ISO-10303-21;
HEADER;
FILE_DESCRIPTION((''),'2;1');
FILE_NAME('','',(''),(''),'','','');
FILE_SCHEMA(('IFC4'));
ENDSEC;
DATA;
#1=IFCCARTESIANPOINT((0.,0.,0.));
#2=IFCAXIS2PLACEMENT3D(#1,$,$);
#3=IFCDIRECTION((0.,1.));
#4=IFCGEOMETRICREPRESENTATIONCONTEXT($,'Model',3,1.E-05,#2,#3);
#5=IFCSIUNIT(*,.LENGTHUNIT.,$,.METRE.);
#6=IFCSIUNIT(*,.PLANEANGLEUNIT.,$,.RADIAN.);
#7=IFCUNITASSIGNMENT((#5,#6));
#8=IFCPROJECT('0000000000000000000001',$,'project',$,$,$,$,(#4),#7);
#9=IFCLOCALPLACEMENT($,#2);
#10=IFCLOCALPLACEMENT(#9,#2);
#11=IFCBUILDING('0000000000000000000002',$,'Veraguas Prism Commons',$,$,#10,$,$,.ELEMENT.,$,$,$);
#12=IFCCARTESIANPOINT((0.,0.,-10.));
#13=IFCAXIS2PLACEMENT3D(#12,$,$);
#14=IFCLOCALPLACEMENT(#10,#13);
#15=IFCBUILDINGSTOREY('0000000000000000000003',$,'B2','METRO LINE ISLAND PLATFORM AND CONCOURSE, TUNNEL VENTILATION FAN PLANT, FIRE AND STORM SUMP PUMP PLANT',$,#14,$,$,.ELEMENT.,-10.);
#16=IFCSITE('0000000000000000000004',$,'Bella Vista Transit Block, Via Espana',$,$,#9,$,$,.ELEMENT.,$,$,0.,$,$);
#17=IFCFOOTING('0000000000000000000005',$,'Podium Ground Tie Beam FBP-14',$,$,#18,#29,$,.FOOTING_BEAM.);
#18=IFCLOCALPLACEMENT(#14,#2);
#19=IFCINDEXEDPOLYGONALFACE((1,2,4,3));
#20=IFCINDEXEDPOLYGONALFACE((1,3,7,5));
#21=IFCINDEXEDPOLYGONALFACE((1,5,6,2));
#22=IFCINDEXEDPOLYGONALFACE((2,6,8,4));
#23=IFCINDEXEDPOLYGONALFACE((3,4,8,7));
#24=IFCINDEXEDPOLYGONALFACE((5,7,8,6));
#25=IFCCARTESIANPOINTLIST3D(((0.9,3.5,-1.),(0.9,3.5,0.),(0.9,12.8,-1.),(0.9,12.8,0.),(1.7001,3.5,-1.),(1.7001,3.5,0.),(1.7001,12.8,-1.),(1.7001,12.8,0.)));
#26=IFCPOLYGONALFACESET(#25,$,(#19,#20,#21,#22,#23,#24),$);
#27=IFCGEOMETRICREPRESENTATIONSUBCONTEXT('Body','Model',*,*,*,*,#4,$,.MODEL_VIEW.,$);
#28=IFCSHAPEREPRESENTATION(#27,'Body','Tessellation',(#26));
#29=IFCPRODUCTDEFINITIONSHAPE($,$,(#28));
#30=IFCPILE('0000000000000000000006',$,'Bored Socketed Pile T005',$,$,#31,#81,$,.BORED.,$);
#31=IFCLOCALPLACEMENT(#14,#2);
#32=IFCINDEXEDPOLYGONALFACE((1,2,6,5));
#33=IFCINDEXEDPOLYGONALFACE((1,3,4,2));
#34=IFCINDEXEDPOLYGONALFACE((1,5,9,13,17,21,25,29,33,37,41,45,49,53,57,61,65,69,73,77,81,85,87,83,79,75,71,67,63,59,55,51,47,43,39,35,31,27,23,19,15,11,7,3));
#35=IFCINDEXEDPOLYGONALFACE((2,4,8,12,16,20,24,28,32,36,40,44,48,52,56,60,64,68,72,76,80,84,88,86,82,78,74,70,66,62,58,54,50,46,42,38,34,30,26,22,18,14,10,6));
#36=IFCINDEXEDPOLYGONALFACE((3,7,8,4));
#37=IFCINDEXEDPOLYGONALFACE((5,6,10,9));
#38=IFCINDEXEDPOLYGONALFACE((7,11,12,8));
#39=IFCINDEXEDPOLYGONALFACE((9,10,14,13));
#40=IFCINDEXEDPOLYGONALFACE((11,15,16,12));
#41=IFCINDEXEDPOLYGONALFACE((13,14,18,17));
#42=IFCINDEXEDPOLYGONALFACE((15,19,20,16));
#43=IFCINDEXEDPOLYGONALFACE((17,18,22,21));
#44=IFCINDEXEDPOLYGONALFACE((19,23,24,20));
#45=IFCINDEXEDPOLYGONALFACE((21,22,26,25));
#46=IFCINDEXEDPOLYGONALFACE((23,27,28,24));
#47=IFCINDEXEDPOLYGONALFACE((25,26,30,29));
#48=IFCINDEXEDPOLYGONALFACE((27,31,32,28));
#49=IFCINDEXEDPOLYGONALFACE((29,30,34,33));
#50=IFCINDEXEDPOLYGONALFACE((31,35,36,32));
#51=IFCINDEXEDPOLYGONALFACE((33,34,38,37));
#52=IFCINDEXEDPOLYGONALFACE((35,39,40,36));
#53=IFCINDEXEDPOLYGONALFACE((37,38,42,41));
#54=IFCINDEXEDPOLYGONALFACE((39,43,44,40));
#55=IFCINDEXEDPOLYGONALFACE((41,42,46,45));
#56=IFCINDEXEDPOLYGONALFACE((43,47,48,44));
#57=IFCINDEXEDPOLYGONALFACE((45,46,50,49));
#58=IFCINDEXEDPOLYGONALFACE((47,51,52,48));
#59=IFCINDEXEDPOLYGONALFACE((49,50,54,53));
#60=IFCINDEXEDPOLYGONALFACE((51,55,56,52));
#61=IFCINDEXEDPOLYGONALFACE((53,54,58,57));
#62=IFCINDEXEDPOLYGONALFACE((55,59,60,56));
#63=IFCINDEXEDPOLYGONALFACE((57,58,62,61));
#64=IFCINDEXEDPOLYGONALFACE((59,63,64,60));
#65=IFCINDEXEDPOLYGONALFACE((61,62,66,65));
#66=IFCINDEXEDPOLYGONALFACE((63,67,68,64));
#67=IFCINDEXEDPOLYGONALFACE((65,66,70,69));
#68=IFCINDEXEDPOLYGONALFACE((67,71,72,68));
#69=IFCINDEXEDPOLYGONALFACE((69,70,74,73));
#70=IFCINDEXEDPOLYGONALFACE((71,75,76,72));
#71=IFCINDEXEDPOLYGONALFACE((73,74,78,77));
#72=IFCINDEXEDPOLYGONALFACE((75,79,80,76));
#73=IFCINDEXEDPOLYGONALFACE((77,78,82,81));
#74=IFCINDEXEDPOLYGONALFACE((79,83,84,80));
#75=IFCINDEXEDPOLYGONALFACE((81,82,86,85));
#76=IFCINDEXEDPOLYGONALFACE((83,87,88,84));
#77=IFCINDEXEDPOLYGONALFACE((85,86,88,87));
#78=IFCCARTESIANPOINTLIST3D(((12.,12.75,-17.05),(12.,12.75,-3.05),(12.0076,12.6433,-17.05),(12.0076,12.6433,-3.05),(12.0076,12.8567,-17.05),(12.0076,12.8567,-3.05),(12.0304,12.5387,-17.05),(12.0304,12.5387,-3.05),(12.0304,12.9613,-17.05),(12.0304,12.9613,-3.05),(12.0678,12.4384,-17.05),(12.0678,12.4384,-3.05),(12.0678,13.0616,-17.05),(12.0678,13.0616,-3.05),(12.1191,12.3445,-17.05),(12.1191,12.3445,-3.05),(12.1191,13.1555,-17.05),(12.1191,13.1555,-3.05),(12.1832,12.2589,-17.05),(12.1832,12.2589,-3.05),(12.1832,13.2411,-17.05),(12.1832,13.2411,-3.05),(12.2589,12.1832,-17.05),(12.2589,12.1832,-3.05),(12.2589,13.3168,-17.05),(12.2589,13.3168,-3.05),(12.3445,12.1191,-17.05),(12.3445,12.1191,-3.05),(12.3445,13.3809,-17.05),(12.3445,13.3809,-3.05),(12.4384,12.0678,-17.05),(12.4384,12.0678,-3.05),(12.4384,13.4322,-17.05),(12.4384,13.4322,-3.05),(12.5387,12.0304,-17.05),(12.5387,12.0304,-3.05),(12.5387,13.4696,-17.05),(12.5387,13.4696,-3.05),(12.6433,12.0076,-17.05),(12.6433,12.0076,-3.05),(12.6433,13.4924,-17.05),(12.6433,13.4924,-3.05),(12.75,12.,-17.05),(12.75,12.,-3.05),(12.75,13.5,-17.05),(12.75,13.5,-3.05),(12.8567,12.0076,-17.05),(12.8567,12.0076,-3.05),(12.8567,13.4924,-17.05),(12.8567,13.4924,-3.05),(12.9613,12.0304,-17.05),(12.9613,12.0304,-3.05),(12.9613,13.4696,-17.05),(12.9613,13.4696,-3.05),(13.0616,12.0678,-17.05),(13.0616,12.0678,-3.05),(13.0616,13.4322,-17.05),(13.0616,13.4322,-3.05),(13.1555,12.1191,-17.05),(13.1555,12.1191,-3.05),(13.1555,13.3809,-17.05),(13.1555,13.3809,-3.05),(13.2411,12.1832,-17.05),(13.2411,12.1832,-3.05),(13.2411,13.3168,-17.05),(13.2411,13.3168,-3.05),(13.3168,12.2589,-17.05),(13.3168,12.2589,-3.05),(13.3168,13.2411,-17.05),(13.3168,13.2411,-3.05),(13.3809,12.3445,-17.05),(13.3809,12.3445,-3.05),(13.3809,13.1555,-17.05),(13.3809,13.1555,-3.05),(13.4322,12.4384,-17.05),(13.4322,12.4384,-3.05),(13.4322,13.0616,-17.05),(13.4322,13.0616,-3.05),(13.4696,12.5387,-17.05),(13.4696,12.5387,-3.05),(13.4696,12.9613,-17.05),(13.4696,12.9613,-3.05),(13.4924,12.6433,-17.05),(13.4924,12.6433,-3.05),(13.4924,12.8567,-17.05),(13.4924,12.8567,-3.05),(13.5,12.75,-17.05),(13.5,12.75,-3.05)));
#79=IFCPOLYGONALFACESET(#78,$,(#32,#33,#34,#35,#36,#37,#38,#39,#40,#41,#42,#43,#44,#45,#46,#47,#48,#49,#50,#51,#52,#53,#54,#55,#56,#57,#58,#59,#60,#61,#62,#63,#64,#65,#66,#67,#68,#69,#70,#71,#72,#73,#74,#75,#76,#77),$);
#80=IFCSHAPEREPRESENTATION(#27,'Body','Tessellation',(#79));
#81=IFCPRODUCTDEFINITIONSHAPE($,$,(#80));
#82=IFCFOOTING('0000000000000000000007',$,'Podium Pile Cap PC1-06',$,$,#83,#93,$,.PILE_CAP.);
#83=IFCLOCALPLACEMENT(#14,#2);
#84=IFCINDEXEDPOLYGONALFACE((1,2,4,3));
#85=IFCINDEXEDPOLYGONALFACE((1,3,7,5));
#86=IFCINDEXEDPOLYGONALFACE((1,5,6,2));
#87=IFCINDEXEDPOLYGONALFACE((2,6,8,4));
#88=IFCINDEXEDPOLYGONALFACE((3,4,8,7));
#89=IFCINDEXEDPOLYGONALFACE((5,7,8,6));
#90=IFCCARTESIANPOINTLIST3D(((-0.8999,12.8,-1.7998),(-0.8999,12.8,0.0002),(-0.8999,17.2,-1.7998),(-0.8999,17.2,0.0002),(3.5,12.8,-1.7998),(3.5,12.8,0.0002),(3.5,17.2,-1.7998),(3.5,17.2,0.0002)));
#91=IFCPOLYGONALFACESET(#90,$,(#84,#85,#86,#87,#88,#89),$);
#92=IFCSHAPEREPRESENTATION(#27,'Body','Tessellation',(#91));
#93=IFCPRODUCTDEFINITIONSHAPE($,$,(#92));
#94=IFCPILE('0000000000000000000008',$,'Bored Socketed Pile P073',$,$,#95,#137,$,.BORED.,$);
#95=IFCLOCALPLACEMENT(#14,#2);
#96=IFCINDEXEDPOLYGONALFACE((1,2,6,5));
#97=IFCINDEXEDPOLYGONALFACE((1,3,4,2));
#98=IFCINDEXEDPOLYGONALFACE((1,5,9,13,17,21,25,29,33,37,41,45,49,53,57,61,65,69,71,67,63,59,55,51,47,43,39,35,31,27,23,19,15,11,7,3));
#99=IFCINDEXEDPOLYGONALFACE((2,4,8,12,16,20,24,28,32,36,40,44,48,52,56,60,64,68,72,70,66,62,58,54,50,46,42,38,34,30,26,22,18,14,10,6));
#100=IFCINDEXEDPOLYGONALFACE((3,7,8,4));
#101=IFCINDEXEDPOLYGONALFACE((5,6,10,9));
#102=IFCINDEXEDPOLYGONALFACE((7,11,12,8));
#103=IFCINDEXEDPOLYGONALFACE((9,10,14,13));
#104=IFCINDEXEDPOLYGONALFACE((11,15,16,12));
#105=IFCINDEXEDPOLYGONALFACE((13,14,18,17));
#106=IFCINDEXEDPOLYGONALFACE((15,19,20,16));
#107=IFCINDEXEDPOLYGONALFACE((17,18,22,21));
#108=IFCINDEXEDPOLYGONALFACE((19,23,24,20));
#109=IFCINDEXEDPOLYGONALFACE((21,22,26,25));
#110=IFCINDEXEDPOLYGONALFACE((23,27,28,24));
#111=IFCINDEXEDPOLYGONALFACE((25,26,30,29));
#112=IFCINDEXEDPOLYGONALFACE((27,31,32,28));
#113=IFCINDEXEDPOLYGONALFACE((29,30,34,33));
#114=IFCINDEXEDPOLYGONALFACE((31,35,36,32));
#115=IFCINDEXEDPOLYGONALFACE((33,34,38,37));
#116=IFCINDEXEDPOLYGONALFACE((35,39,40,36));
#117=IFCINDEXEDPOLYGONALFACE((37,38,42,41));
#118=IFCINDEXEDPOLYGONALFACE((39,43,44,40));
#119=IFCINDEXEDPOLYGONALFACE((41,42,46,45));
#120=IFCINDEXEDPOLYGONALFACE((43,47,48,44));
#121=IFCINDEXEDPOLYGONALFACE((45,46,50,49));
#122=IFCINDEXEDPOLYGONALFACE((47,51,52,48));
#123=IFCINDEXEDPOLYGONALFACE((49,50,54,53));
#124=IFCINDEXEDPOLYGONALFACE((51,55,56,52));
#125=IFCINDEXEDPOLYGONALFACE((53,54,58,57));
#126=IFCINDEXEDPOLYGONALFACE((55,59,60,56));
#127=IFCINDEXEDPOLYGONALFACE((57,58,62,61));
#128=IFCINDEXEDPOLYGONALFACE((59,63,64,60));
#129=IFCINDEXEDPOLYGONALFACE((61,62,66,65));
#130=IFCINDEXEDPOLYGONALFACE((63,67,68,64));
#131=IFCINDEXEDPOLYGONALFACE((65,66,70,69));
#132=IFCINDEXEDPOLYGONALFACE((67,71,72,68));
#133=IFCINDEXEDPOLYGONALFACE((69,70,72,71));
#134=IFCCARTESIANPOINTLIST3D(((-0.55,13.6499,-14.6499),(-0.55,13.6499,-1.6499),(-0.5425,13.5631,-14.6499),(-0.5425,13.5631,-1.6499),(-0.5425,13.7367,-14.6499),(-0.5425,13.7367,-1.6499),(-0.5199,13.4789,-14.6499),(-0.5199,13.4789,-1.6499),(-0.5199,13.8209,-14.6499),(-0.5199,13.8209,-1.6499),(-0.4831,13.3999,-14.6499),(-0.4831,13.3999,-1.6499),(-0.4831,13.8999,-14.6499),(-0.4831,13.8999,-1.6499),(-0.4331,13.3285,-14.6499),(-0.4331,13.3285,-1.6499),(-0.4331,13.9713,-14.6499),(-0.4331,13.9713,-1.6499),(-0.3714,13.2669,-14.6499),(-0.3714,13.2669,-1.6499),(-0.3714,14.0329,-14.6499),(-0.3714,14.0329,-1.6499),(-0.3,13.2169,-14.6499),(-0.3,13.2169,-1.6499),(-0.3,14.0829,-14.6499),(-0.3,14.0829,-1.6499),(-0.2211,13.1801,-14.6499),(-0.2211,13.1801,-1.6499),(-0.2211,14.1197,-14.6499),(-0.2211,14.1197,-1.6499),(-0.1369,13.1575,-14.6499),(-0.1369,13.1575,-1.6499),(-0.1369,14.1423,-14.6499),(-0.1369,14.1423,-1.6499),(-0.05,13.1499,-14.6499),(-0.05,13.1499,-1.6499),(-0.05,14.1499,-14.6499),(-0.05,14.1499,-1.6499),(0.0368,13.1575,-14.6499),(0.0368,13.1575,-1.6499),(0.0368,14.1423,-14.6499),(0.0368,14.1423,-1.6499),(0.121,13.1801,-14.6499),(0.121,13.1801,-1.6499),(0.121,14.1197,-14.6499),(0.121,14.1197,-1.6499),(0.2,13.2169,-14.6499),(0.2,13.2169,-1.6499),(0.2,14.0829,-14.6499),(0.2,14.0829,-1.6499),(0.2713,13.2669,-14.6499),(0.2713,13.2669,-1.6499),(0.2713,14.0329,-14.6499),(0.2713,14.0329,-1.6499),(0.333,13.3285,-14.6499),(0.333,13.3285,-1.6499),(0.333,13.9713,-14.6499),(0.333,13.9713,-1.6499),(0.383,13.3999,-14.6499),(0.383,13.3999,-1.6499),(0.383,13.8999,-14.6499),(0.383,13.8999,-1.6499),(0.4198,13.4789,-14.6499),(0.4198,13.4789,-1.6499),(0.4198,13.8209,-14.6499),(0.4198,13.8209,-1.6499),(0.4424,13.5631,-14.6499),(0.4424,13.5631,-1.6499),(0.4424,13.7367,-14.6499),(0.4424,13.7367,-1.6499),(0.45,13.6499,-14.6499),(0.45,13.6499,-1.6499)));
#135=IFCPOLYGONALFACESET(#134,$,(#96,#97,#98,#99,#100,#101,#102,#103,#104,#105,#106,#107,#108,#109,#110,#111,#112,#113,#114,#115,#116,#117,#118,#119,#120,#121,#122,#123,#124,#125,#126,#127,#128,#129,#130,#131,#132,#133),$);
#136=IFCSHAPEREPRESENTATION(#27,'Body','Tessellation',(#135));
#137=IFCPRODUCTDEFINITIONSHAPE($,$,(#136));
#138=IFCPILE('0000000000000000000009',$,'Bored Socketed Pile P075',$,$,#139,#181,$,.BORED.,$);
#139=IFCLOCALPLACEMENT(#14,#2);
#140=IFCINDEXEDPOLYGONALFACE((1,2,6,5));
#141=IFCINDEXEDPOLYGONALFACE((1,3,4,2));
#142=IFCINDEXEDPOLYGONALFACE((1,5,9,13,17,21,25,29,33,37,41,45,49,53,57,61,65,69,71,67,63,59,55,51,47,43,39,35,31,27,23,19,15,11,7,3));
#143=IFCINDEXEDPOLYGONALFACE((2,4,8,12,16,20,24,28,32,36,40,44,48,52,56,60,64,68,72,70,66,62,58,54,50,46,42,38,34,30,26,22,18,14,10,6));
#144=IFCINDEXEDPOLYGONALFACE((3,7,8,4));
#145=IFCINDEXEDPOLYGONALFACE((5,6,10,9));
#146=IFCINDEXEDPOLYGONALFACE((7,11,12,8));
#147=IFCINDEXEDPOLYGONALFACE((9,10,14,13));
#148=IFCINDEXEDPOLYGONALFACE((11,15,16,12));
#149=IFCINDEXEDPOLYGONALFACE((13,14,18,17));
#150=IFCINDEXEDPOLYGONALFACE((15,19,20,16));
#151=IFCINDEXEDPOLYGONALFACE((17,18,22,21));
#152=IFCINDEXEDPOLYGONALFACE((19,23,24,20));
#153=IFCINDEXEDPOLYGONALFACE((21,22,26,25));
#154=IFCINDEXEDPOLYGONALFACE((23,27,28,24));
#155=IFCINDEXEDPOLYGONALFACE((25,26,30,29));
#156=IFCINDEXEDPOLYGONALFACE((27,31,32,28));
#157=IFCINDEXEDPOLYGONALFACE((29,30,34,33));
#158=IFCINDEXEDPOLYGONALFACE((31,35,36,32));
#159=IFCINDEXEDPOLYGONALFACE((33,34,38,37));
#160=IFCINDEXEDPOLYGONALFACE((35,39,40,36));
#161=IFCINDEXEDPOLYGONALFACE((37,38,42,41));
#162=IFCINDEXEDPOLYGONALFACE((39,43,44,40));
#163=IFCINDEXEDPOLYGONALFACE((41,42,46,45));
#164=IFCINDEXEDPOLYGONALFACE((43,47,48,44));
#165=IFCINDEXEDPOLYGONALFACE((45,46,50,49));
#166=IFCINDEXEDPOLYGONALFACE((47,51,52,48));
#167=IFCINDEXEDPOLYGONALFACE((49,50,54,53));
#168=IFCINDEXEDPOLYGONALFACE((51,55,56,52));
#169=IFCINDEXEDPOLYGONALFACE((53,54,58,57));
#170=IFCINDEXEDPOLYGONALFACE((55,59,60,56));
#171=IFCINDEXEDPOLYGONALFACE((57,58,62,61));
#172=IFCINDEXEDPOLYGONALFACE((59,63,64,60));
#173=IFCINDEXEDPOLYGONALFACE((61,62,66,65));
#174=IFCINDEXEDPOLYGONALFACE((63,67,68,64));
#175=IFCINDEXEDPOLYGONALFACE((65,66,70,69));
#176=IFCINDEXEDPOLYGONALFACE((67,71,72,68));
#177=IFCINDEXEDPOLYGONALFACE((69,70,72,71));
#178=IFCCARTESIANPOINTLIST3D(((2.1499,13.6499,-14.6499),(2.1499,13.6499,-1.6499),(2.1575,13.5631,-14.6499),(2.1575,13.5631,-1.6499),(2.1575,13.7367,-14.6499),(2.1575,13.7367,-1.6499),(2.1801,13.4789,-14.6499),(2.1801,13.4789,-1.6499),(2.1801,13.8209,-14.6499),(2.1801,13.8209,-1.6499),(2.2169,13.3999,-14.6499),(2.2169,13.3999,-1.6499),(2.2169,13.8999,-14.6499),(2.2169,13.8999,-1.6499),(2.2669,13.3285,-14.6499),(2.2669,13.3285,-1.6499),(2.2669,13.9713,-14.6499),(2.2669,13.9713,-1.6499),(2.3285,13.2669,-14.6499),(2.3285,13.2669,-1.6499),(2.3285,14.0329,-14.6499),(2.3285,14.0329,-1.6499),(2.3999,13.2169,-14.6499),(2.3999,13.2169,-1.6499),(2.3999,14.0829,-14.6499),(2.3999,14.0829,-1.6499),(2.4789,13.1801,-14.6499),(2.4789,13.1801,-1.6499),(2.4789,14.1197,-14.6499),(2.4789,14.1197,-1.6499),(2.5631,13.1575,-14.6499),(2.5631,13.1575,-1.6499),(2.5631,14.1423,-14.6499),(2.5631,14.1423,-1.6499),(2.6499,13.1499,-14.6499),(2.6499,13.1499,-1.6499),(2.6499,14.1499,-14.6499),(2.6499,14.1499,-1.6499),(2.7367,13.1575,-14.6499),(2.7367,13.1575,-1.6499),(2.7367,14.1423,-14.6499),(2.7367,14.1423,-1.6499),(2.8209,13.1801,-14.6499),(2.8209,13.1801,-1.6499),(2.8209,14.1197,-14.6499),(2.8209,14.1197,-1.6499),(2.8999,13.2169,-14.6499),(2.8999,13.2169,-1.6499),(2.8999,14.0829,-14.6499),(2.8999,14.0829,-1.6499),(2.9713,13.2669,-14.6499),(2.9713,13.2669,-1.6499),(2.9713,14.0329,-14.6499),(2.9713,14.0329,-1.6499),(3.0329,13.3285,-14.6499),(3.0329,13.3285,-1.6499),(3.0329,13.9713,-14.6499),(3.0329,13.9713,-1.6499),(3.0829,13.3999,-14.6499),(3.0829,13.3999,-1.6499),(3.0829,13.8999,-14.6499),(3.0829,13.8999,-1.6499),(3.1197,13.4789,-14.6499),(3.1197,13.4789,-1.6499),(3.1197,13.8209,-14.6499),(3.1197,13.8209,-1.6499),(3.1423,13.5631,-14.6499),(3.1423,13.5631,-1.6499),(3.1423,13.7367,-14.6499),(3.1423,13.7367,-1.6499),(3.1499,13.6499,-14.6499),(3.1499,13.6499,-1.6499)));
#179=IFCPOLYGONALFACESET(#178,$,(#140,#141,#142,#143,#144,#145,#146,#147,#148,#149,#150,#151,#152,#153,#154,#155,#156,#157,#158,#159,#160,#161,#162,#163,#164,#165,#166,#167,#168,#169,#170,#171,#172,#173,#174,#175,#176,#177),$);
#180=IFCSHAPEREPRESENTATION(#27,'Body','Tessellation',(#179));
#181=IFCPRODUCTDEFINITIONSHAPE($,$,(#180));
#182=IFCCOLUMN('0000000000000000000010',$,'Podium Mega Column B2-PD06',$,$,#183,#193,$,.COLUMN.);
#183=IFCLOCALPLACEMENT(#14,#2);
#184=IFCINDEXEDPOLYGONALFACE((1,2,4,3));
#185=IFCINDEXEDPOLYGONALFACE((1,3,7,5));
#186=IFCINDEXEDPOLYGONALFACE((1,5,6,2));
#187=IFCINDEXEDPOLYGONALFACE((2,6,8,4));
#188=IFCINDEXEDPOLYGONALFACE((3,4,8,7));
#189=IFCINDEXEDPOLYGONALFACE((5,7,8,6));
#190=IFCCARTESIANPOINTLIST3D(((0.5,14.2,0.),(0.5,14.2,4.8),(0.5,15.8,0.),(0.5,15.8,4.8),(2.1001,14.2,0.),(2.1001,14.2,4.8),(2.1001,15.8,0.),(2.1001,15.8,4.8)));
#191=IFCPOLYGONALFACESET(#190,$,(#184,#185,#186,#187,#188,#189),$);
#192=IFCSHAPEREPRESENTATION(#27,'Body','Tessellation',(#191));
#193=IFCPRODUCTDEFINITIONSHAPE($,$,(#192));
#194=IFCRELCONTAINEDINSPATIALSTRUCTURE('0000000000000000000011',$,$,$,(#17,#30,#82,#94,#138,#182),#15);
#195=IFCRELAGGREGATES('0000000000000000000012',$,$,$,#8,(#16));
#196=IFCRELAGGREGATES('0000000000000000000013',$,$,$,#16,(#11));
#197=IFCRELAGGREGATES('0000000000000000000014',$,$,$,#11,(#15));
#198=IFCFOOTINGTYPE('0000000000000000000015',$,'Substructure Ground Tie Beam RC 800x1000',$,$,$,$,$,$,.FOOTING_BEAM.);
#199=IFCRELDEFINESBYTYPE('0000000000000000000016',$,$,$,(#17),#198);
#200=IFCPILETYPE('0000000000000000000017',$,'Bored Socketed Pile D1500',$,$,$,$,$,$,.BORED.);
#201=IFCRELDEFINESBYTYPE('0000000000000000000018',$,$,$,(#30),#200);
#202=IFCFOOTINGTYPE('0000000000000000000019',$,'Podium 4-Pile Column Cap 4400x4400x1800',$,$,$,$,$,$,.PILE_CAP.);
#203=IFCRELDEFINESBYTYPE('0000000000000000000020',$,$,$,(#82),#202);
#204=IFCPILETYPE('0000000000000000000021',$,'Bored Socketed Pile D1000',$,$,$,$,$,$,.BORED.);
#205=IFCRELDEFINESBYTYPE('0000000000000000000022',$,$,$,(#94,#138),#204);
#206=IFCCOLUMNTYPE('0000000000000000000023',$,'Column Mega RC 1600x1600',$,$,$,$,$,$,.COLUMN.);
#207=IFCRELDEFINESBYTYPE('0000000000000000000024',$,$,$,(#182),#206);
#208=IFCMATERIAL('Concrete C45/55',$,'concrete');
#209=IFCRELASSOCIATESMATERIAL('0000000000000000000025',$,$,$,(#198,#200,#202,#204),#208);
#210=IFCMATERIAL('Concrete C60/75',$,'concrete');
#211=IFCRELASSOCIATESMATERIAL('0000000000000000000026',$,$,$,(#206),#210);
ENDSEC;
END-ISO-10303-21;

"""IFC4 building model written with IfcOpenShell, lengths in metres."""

from ifc_helpers import new_model, si_unit, direction, frame, origin, origin_2d, place, context, subcontext, project, spatial, rectangle, circle, extrude, source, transform, mapped, material, material_profile, profile_set, type_object, element, save


model = new_model("IFC4")

# Units and contexts
model_context = context("Model", 3, precision=1e-05, world=origin(), true_north=direction((0.0, 1.0)))
body_context = subcontext(model_context, "Body", "Model", "MODEL_VIEW")
ifc_project = project(units=[si_unit("LENGTHUNIT", "METRE"), si_unit("PLANEANGLEUNIT", "RADIAN")], contexts=[model_context])

# Site, building, storey
site_placement = place(None, origin())
site = spatial("IfcSite", under=ifc_project, at=site_placement, Name="Bella Vista Transit Block, Via Espana", CompositionType="ELEMENT", RefElevation=0.0)
building_placement = place(site_placement, origin())
building = spatial("IfcBuilding", under=site, at=building_placement, Name="Veraguas Prism Commons", CompositionType="ELEMENT")
storey_placement = place(building_placement, frame((0.0, 0.0, -10.0)))
storey = spatial("IfcBuildingStorey", under=building, at=storey_placement, Name="B2", Description="METRO LINE ISLAND PLATFORM AND CONCOURSE, TUNNEL VENTILATION FAN PLANT, FIRE AND STORM SUMP PUMP PLANT", CompositionType="ELEMENT", Elevation=-10.0)

# Footing
ifc_material_1 = material(Name="Concrete C45/55", Category="concrete")
ifc_material_profile_1 = material_profile(ifc_material_1, rectangle(XDim=0.8, YDim=1.0, at=origin_2d()), Name="RC800X1000")
ifc_profile_set_1 = profile_set([ifc_material_profile_1], Name="Concrete C45/55")
footing_type_1 = type_object("IfcFootingType", Name="Substructure Ground Tie Beam RC 800x1000", PredefinedType="FOOTING_BEAM", material=ifc_profile_set_1)
footing_1_placement = place(storey_placement, frame((1.3, 12.8, -0.5), z_axis=(0.0, -1.0, 0.0), x_axis=(1.0, 0.0, 0.0)))
element("IfcFooting", 1, at=footing_1_placement, inside=storey, type_object=footing_type_1, Name="Podium Ground Tie Beam FBP-14", PredefinedType="FOOTING_BEAM", context=body_context, shape_type="SweptSolid", body=[
    extrude(rectangle(XDim=0.8, YDim=1.0, at=origin_2d()), origin(), (0.0, 0.0, 1.0), 9.3),
])

# Pile
ifc_material_profile_2 = material_profile(ifc_material_1, circle(Radius=0.75, at=origin_2d()), Name="PILE1500")
ifc_profile_set_2 = profile_set([ifc_material_profile_2], Name="Concrete C45/55")
pile_type_1 = type_object("IfcPileType", Name="Bored Socketed Pile D1500", PredefinedType="BORED", material=ifc_profile_set_2)
shared_shape_1 = source(origin(), body_context, "Body", "SweptSolid", [
    extrude(circle(Radius=0.75, at=origin_2d()), origin(), (0.0, 0.0, 1.0), 14.0),
])
pile_placement = place(storey_placement, frame((12.75, 12.75, -3.05), z_axis=(0.0, 0.0, -1.0), x_axis=(1.0, 0.0, 0.0)))
element("IfcPile", 2, at=pile_placement, inside=storey, type_object=pile_type_1, Name="Bored Socketed Pile T005", PredefinedType="BORED", context=body_context, shape_type="MappedRepresentation", body=[
    mapped(shared_shape_1, transform((0.0, 0.0, 0.0), scale=1.0)),
])

# Footing
footing_type_2 = type_object("IfcFootingType", Name="Podium 4-Pile Column Cap 4400x4400x1800", PredefinedType="PILE_CAP", material=ifc_material_1)
shared_shape_2 = source(origin(), body_context, "Body", "SweptSolid", [
    extrude(rectangle(XDim=4.3999, YDim=4.3999, at=origin_2d()), origin(), (0.0, 0.0, 1.0), 1.8),
])
footing_2_placement = place(storey_placement, frame((1.3, 15.0, -1.7998), z_axis=(0.0, 0.0, 1.0), x_axis=(1.0, 0.0, 0.0)))
element("IfcFooting", 3, at=footing_2_placement, inside=storey, type_object=footing_type_2, Name="Podium Pile Cap PC1-06", PredefinedType="PILE_CAP", context=body_context, shape_type="MappedRepresentation", body=[
    mapped(shared_shape_2, transform((0.0, 0.0, 0.0), scale=1.0)),
])

# Piles
ifc_material_profile_3 = material_profile(ifc_material_1, circle(Radius=0.5, at=origin_2d()), Name="PILE1000")
ifc_profile_set_3 = profile_set([ifc_material_profile_3], Name="Concrete C45/55")
pile_type_2 = type_object("IfcPileType", Name="Bored Socketed Pile D1000", PredefinedType="BORED", material=ifc_profile_set_3)
shared_shape_3 = source(origin(), body_context, "Body", "SweptSolid", [
    extrude(circle(Radius=0.5, at=origin_2d()), origin(), (0.0, 0.0, 1.0), 13.0),
])
for number, where, z_axis, x_axis, name in (
    (4, (-0.05, 13.6499, -1.6499), (0.0, 0.0, -1.0), (1.0, 0.0, 0.0), "Bored Socketed Pile P073"),
    (5, (2.6499, 13.6499, -1.6499), (0.0, 0.0, -1.0), (1.0, 0.0, 0.0), "Bored Socketed Pile P075"),
):
    element("IfcPile", number, at=place(storey_placement, frame(where, z_axis=z_axis, x_axis=x_axis)), inside=storey, type_object=pile_type_2, Name=name, PredefinedType="BORED", context=body_context, shape_type="MappedRepresentation", body=[
        mapped(shared_shape_3, transform((0.0, 0.0, 0.0), scale=1.0)),
    ])

# Column
ifc_material_2 = material(Name="Concrete C60/75", Category="concrete")
ifc_material_profile_4 = material_profile(ifc_material_2, rectangle(XDim=1.6001, YDim=1.6001, at=origin_2d()), Name="RC1600X1600")
ifc_profile_set_4 = profile_set([ifc_material_profile_4], Name="Concrete C60/75")
column_type = type_object("IfcColumnType", Name="Column Mega RC 1600x1600", PredefinedType="COLUMN", material=ifc_profile_set_4)
column_placement = place(storey_placement, frame((1.3, 15.0, 0.0), z_axis=(0.0, 0.0, 1.0), x_axis=(1.0, 0.0, 0.0)))
element("IfcColumn", 6, at=column_placement, inside=storey, type_object=column_type, Name="Podium Mega Column B2-PD06", PredefinedType="COLUMN", context=body_context, shape_type="SweptSolid", body=[
    extrude(rectangle(XDim=1.6001, YDim=1.6001, at=origin_2d()), origin(), (0.0, 0.0, 1.0), 4.8),
])

save(model, "model.ifc")
